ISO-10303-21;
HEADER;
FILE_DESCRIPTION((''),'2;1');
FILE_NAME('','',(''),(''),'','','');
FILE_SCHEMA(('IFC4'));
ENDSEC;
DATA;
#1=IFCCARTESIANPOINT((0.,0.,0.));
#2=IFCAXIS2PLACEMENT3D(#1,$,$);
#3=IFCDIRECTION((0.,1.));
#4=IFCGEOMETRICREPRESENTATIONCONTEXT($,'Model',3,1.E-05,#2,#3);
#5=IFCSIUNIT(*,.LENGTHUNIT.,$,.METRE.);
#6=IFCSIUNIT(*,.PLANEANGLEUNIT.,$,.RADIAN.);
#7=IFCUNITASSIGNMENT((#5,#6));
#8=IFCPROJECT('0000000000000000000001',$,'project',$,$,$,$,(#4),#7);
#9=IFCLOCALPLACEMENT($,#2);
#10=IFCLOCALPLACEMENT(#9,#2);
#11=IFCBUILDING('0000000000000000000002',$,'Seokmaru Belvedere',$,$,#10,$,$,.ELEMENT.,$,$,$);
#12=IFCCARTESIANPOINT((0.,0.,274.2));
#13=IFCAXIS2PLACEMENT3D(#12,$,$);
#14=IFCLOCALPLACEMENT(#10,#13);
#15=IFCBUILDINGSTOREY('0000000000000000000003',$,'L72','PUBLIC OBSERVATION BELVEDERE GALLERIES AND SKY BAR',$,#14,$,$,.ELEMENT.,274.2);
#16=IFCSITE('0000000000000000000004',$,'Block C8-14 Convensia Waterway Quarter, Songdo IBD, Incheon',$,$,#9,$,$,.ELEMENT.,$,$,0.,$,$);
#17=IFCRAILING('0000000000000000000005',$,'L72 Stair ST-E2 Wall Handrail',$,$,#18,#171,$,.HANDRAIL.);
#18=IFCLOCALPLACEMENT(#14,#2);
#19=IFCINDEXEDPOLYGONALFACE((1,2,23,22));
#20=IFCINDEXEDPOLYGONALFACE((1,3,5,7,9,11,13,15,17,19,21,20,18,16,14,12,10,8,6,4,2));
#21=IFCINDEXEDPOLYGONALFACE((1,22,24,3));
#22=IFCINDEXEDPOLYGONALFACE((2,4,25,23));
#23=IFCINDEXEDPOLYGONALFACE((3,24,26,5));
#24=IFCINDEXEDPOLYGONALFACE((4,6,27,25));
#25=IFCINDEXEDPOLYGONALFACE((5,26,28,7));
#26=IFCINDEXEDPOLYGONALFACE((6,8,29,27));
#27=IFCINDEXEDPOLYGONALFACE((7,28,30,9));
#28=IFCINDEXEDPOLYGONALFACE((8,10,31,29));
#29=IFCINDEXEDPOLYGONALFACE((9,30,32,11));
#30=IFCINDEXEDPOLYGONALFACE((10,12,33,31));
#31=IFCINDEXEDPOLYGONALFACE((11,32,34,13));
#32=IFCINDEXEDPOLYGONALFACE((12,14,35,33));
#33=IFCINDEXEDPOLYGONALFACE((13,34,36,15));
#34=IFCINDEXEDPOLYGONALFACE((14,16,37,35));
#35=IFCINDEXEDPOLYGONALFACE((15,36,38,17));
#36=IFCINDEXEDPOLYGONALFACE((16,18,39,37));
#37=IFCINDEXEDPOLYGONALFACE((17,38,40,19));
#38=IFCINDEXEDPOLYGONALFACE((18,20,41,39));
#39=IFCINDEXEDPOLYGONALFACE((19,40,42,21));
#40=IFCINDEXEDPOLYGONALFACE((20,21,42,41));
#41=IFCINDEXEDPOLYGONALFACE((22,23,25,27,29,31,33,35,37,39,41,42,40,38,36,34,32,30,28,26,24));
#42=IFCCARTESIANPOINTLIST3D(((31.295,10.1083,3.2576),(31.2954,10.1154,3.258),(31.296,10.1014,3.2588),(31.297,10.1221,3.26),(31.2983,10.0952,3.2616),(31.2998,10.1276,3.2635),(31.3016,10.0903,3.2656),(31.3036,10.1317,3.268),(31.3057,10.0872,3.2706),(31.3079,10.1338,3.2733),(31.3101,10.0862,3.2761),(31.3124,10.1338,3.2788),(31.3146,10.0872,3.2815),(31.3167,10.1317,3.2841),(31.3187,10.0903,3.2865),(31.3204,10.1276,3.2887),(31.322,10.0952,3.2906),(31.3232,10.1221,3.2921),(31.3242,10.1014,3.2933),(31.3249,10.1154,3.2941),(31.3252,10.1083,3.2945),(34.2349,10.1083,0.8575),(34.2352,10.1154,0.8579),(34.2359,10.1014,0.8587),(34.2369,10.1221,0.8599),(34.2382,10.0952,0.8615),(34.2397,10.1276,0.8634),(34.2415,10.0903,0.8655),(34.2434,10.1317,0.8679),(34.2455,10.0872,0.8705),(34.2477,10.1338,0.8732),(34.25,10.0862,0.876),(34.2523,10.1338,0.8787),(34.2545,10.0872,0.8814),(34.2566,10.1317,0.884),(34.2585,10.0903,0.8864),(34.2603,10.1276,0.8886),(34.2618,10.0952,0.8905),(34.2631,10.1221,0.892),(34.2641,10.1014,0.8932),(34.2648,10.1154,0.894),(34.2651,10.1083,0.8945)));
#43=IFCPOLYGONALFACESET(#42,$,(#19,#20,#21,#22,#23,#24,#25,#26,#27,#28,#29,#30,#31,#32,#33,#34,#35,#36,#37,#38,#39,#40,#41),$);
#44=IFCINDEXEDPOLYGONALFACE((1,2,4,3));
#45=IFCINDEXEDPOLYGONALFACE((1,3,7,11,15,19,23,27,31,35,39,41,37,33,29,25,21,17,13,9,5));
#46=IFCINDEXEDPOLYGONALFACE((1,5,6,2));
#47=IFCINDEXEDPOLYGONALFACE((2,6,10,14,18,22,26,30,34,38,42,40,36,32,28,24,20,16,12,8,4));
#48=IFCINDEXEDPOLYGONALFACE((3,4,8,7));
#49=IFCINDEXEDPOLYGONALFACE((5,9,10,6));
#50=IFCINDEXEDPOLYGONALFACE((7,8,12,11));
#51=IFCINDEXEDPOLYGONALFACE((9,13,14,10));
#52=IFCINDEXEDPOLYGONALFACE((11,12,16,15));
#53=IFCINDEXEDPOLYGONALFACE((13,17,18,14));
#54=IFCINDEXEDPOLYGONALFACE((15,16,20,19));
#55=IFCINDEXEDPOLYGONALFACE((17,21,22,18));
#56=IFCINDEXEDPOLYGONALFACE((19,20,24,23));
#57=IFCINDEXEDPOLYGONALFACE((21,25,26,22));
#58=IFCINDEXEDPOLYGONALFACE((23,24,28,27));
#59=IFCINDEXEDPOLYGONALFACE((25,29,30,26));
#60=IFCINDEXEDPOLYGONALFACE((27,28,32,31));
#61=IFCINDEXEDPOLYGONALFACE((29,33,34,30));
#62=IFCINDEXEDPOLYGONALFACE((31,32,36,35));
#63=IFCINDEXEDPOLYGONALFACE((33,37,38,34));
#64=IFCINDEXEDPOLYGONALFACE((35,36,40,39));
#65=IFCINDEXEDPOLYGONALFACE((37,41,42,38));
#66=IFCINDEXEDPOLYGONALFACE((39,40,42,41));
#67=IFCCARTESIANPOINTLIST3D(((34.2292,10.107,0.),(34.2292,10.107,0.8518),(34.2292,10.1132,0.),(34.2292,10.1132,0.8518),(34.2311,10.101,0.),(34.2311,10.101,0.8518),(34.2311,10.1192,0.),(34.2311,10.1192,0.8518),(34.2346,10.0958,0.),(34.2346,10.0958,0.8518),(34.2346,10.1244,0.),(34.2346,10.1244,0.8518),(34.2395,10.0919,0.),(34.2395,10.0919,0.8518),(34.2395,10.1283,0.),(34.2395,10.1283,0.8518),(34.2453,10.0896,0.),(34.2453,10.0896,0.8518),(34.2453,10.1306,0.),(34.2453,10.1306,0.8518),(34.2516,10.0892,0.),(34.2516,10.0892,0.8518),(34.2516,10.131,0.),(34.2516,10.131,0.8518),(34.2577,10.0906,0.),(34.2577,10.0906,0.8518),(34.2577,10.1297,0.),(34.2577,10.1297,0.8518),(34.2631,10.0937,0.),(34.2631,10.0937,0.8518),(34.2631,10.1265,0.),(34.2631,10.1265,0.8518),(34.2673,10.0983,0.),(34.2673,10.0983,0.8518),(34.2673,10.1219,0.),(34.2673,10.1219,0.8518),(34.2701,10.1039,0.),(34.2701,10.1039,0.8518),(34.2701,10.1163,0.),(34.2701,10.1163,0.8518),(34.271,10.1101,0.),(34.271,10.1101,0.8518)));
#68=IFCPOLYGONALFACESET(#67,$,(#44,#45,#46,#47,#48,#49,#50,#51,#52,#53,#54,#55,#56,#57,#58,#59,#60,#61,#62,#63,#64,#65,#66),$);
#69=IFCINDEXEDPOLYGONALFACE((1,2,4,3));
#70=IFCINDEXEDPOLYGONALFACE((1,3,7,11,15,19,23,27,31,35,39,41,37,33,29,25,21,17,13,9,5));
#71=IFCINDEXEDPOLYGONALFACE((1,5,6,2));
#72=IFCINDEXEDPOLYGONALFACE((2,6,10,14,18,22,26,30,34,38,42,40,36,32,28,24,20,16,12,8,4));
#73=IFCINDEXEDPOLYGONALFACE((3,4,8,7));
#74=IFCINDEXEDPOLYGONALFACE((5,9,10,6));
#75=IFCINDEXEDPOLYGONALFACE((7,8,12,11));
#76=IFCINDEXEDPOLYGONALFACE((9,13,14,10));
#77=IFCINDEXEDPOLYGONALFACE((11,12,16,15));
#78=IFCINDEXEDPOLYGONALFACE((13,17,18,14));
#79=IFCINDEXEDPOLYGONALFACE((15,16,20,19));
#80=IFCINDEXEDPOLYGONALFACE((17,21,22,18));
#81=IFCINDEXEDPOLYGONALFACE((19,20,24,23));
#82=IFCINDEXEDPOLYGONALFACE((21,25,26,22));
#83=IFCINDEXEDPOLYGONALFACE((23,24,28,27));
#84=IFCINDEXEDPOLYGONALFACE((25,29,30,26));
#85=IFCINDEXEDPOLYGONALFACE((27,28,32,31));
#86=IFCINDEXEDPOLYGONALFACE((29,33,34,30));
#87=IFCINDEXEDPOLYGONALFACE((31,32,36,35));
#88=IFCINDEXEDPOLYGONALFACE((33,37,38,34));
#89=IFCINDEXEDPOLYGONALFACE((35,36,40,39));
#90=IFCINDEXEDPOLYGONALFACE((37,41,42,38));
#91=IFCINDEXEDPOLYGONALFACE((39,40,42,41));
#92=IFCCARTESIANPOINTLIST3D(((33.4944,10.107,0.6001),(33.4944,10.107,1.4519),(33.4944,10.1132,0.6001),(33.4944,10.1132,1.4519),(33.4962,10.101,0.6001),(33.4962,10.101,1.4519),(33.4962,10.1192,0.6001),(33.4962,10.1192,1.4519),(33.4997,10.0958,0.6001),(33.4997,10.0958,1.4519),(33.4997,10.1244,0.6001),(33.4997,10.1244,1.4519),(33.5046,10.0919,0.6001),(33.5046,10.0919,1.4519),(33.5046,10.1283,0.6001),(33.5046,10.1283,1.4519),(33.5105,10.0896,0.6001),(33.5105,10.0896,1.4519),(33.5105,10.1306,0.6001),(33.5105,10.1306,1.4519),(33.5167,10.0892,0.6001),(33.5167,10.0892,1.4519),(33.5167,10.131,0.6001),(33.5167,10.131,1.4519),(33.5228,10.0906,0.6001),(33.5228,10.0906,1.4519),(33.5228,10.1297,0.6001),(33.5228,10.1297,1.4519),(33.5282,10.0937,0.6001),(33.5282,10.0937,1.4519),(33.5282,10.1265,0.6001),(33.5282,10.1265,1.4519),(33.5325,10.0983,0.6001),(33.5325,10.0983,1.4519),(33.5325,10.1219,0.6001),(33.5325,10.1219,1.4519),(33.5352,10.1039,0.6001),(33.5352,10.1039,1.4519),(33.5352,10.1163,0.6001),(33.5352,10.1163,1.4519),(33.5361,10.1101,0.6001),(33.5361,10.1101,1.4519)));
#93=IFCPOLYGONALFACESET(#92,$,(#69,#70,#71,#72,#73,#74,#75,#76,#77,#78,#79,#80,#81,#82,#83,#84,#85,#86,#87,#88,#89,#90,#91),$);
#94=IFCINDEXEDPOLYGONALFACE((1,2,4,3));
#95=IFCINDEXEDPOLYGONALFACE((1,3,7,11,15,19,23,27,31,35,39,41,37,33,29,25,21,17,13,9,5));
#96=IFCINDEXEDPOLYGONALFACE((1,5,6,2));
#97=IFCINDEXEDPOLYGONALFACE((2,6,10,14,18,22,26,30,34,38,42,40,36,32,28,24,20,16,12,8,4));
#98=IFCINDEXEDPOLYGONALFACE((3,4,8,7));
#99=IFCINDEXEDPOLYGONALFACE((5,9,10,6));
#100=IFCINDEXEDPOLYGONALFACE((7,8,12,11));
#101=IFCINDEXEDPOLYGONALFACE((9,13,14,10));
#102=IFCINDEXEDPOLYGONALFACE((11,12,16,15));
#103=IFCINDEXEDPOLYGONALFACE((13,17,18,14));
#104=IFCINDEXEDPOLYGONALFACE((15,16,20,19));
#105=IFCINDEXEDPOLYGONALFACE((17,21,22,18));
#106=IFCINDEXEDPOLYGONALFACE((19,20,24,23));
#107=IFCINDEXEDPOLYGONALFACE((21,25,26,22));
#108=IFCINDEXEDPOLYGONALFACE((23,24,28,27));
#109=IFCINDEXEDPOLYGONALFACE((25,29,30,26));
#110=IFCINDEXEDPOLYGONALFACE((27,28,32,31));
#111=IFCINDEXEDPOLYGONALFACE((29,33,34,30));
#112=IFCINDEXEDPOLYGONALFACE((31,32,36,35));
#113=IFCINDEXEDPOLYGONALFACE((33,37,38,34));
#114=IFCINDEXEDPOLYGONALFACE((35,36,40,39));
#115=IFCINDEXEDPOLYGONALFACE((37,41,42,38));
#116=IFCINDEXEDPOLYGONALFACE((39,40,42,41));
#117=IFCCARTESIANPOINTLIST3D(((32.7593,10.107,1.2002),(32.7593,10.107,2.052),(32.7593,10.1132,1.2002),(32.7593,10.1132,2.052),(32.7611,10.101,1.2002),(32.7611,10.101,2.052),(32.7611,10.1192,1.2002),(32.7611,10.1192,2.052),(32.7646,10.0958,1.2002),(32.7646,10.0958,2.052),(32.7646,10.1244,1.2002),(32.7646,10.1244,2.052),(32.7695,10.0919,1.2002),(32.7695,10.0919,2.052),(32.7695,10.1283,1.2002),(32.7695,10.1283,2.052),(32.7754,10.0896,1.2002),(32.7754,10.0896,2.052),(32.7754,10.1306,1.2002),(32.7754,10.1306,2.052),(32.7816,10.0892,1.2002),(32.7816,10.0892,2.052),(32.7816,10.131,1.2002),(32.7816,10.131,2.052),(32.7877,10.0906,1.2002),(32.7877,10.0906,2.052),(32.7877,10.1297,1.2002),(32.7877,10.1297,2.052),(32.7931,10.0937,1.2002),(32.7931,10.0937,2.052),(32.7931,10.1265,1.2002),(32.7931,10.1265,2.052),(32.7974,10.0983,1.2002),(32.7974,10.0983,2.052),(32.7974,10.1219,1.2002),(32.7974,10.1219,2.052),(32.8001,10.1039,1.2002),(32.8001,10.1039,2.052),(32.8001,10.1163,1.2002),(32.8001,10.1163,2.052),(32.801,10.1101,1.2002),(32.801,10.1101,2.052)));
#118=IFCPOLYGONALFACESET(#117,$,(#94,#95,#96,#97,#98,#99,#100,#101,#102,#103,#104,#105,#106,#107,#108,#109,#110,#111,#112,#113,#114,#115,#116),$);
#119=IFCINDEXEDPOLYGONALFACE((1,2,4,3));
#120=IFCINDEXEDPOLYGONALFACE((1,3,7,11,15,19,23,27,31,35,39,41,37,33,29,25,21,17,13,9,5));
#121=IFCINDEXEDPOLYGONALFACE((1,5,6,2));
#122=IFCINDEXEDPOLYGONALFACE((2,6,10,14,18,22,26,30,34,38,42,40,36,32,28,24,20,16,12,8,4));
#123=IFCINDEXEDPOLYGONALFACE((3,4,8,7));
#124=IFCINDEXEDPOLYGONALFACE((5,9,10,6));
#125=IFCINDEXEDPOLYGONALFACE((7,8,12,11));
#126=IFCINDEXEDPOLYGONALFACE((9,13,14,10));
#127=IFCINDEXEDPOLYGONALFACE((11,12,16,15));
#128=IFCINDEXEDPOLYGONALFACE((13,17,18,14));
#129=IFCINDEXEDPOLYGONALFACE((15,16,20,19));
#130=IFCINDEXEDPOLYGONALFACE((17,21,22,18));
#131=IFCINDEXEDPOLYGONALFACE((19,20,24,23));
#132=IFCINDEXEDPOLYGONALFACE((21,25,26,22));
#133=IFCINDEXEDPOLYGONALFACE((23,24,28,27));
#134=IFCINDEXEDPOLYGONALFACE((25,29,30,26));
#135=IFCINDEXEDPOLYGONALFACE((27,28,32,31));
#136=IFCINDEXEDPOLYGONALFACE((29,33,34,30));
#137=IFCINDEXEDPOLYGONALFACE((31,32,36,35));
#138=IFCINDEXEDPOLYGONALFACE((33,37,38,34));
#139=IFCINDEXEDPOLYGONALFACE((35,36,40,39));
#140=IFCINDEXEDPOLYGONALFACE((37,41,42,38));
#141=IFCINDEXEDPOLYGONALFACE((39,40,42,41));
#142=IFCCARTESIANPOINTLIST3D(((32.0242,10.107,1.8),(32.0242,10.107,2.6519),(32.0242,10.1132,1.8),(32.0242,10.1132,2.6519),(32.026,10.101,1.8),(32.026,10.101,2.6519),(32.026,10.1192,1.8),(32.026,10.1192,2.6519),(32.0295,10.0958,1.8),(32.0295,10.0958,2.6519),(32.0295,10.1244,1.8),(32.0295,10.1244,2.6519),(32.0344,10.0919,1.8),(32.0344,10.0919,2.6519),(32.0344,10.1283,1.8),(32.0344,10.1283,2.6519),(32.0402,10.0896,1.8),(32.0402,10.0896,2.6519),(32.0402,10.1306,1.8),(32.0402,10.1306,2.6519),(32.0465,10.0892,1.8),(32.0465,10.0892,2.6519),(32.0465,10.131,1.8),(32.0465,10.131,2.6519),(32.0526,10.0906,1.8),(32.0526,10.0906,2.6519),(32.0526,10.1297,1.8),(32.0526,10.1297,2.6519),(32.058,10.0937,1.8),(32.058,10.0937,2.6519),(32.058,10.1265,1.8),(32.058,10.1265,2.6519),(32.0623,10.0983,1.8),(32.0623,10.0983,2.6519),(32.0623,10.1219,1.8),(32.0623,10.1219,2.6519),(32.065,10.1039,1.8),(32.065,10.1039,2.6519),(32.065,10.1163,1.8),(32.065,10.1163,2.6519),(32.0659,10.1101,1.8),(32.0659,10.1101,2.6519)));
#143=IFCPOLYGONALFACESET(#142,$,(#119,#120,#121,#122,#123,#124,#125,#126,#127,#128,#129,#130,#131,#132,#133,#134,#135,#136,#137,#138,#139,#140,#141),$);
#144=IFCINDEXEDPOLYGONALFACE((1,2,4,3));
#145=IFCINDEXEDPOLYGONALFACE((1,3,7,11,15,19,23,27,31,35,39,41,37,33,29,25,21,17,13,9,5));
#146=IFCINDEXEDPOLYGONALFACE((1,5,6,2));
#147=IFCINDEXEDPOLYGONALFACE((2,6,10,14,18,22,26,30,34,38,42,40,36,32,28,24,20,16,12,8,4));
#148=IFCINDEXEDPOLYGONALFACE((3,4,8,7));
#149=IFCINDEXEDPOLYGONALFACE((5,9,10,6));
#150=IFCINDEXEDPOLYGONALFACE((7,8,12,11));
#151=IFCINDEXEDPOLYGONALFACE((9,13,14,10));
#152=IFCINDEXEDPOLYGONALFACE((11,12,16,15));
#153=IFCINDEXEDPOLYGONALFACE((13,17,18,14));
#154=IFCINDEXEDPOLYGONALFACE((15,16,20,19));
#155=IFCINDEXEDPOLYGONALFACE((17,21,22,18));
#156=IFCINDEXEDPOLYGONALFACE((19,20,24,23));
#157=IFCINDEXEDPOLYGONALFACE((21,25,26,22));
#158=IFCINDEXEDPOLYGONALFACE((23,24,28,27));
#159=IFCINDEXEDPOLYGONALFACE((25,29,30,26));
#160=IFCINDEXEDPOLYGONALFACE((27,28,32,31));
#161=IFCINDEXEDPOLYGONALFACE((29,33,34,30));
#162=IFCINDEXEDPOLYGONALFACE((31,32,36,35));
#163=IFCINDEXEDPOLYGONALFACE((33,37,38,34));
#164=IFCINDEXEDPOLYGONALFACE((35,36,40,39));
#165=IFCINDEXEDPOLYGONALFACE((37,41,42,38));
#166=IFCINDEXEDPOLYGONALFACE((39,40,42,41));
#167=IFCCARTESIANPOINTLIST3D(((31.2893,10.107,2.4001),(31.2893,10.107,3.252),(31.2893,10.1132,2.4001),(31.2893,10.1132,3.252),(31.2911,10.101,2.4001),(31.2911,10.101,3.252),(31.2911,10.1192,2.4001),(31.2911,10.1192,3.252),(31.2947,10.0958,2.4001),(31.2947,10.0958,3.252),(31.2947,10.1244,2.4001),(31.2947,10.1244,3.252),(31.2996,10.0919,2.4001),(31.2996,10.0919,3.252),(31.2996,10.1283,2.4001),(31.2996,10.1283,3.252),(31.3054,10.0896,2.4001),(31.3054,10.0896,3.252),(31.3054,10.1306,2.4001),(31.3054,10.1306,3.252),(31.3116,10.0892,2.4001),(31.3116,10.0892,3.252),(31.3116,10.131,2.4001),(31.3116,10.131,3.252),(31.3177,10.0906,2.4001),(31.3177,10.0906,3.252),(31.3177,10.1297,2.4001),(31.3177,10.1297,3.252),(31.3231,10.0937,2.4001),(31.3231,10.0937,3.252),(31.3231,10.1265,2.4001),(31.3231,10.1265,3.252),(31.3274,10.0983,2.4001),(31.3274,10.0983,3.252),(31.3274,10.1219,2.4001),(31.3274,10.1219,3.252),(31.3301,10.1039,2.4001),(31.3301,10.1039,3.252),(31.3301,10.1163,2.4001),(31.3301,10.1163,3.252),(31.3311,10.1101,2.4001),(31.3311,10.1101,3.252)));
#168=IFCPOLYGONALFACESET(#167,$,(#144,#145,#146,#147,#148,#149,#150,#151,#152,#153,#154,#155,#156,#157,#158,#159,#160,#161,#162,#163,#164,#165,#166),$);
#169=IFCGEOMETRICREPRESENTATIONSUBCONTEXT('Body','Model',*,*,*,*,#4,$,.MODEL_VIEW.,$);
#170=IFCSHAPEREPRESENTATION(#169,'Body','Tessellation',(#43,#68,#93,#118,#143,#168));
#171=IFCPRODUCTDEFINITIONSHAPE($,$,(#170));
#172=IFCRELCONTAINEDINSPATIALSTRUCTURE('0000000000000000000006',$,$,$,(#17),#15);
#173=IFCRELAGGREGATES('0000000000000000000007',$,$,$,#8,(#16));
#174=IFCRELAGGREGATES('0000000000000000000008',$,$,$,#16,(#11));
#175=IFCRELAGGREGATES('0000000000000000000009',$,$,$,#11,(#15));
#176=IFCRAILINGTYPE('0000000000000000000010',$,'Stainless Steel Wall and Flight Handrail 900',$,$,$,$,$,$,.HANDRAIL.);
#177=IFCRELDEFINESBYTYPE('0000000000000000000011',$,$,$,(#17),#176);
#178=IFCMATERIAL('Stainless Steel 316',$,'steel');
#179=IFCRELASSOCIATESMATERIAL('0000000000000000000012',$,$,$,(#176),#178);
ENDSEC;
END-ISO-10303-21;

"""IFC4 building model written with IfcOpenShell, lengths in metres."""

from ifc_helpers import new_model, si_unit, direction, frame, origin, origin_2d, place, context, subcontext, project, spatial, circle, extrude, material, type_object, element, save


model = new_model("IFC4")

# Units and contexts
model_context = context("Model", 3, precision=1e-05, world=origin(), true_north=direction((0.0, 1.0)))
body_context = subcontext(model_context, "Body", "Model", "MODEL_VIEW")
ifc_project = project(units=[si_unit("LENGTHUNIT", "METRE"), si_unit("PLANEANGLEUNIT", "RADIAN")], contexts=[model_context])

# Site, building, storey
site_placement = place(None, origin())
site = spatial("IfcSite", under=ifc_project, at=site_placement, Name="Block C8-14 Convensia Waterway Quarter, Songdo IBD, Incheon", CompositionType="ELEMENT", RefElevation=0.0)
building_placement = place(site_placement, origin())
building = spatial("IfcBuilding", under=site, at=building_placement, Name="Seokmaru Belvedere", CompositionType="ELEMENT")
storey_placement = place(building_placement, frame((0.0, 0.0, 274.2)))
storey = spatial("IfcBuildingStorey", under=building, at=storey_placement, Name="L72", Description="PUBLIC OBSERVATION BELVEDERE GALLERIES AND SKY BAR", CompositionType="ELEMENT", Elevation=274.2)

# Railing
ifc_material_1 = material(Name="Stainless Steel 316", Category="steel")
railing_type_1 = type_object("IfcRailingType", Name="Stainless Steel Wall and Flight Handrail 900", PredefinedType="HANDRAIL", material=ifc_material_1)
railing_1_placement = place(storey_placement, frame((34.25, 10.1101, 0.0)))
element("IfcRailing", 1, at=railing_1_placement, inside=storey, type_object=railing_type_1, Name="L72 Stair ST-E2 Wall Handrail", PredefinedType="HANDRAIL", context=body_context, shape_type="SweptSolid", body=[
    extrude(circle(Radius=0.0239, at=origin_2d()), frame((0.0, 0.0, 0.876), z_axis=(-0.774636, 0.0, 0.632407), x_axis=(0.0, -1.0, 0.0)), (0.0, 0.0, 1.0), 3.7952),
    extrude(circle(Radius=0.021, at=origin_2d()), origin(), (0.0, 0.0, 1.0), 0.8518),
    extrude(circle(Radius=0.021, at=origin_2d()), frame((-0.7349, 0.0, 0.6001)), (0.0, 0.0, 1.0), 0.8518),
    extrude(circle(Radius=0.021, at=origin_2d()), frame((-1.47, 0.0, 1.2002)), (0.0, 0.0, 1.0), 0.8518),
    extrude(circle(Radius=0.021, at=origin_2d()), frame((-2.2051, 0.0, 1.8)), (0.0, 0.0, 1.0), 0.8518),
    extrude(circle(Radius=0.021, at=origin_2d()), frame((-2.9399, 0.0, 2.4001)), (0.0, 0.0, 1.0), 0.8518),
])

save(model, "model.ifc")
